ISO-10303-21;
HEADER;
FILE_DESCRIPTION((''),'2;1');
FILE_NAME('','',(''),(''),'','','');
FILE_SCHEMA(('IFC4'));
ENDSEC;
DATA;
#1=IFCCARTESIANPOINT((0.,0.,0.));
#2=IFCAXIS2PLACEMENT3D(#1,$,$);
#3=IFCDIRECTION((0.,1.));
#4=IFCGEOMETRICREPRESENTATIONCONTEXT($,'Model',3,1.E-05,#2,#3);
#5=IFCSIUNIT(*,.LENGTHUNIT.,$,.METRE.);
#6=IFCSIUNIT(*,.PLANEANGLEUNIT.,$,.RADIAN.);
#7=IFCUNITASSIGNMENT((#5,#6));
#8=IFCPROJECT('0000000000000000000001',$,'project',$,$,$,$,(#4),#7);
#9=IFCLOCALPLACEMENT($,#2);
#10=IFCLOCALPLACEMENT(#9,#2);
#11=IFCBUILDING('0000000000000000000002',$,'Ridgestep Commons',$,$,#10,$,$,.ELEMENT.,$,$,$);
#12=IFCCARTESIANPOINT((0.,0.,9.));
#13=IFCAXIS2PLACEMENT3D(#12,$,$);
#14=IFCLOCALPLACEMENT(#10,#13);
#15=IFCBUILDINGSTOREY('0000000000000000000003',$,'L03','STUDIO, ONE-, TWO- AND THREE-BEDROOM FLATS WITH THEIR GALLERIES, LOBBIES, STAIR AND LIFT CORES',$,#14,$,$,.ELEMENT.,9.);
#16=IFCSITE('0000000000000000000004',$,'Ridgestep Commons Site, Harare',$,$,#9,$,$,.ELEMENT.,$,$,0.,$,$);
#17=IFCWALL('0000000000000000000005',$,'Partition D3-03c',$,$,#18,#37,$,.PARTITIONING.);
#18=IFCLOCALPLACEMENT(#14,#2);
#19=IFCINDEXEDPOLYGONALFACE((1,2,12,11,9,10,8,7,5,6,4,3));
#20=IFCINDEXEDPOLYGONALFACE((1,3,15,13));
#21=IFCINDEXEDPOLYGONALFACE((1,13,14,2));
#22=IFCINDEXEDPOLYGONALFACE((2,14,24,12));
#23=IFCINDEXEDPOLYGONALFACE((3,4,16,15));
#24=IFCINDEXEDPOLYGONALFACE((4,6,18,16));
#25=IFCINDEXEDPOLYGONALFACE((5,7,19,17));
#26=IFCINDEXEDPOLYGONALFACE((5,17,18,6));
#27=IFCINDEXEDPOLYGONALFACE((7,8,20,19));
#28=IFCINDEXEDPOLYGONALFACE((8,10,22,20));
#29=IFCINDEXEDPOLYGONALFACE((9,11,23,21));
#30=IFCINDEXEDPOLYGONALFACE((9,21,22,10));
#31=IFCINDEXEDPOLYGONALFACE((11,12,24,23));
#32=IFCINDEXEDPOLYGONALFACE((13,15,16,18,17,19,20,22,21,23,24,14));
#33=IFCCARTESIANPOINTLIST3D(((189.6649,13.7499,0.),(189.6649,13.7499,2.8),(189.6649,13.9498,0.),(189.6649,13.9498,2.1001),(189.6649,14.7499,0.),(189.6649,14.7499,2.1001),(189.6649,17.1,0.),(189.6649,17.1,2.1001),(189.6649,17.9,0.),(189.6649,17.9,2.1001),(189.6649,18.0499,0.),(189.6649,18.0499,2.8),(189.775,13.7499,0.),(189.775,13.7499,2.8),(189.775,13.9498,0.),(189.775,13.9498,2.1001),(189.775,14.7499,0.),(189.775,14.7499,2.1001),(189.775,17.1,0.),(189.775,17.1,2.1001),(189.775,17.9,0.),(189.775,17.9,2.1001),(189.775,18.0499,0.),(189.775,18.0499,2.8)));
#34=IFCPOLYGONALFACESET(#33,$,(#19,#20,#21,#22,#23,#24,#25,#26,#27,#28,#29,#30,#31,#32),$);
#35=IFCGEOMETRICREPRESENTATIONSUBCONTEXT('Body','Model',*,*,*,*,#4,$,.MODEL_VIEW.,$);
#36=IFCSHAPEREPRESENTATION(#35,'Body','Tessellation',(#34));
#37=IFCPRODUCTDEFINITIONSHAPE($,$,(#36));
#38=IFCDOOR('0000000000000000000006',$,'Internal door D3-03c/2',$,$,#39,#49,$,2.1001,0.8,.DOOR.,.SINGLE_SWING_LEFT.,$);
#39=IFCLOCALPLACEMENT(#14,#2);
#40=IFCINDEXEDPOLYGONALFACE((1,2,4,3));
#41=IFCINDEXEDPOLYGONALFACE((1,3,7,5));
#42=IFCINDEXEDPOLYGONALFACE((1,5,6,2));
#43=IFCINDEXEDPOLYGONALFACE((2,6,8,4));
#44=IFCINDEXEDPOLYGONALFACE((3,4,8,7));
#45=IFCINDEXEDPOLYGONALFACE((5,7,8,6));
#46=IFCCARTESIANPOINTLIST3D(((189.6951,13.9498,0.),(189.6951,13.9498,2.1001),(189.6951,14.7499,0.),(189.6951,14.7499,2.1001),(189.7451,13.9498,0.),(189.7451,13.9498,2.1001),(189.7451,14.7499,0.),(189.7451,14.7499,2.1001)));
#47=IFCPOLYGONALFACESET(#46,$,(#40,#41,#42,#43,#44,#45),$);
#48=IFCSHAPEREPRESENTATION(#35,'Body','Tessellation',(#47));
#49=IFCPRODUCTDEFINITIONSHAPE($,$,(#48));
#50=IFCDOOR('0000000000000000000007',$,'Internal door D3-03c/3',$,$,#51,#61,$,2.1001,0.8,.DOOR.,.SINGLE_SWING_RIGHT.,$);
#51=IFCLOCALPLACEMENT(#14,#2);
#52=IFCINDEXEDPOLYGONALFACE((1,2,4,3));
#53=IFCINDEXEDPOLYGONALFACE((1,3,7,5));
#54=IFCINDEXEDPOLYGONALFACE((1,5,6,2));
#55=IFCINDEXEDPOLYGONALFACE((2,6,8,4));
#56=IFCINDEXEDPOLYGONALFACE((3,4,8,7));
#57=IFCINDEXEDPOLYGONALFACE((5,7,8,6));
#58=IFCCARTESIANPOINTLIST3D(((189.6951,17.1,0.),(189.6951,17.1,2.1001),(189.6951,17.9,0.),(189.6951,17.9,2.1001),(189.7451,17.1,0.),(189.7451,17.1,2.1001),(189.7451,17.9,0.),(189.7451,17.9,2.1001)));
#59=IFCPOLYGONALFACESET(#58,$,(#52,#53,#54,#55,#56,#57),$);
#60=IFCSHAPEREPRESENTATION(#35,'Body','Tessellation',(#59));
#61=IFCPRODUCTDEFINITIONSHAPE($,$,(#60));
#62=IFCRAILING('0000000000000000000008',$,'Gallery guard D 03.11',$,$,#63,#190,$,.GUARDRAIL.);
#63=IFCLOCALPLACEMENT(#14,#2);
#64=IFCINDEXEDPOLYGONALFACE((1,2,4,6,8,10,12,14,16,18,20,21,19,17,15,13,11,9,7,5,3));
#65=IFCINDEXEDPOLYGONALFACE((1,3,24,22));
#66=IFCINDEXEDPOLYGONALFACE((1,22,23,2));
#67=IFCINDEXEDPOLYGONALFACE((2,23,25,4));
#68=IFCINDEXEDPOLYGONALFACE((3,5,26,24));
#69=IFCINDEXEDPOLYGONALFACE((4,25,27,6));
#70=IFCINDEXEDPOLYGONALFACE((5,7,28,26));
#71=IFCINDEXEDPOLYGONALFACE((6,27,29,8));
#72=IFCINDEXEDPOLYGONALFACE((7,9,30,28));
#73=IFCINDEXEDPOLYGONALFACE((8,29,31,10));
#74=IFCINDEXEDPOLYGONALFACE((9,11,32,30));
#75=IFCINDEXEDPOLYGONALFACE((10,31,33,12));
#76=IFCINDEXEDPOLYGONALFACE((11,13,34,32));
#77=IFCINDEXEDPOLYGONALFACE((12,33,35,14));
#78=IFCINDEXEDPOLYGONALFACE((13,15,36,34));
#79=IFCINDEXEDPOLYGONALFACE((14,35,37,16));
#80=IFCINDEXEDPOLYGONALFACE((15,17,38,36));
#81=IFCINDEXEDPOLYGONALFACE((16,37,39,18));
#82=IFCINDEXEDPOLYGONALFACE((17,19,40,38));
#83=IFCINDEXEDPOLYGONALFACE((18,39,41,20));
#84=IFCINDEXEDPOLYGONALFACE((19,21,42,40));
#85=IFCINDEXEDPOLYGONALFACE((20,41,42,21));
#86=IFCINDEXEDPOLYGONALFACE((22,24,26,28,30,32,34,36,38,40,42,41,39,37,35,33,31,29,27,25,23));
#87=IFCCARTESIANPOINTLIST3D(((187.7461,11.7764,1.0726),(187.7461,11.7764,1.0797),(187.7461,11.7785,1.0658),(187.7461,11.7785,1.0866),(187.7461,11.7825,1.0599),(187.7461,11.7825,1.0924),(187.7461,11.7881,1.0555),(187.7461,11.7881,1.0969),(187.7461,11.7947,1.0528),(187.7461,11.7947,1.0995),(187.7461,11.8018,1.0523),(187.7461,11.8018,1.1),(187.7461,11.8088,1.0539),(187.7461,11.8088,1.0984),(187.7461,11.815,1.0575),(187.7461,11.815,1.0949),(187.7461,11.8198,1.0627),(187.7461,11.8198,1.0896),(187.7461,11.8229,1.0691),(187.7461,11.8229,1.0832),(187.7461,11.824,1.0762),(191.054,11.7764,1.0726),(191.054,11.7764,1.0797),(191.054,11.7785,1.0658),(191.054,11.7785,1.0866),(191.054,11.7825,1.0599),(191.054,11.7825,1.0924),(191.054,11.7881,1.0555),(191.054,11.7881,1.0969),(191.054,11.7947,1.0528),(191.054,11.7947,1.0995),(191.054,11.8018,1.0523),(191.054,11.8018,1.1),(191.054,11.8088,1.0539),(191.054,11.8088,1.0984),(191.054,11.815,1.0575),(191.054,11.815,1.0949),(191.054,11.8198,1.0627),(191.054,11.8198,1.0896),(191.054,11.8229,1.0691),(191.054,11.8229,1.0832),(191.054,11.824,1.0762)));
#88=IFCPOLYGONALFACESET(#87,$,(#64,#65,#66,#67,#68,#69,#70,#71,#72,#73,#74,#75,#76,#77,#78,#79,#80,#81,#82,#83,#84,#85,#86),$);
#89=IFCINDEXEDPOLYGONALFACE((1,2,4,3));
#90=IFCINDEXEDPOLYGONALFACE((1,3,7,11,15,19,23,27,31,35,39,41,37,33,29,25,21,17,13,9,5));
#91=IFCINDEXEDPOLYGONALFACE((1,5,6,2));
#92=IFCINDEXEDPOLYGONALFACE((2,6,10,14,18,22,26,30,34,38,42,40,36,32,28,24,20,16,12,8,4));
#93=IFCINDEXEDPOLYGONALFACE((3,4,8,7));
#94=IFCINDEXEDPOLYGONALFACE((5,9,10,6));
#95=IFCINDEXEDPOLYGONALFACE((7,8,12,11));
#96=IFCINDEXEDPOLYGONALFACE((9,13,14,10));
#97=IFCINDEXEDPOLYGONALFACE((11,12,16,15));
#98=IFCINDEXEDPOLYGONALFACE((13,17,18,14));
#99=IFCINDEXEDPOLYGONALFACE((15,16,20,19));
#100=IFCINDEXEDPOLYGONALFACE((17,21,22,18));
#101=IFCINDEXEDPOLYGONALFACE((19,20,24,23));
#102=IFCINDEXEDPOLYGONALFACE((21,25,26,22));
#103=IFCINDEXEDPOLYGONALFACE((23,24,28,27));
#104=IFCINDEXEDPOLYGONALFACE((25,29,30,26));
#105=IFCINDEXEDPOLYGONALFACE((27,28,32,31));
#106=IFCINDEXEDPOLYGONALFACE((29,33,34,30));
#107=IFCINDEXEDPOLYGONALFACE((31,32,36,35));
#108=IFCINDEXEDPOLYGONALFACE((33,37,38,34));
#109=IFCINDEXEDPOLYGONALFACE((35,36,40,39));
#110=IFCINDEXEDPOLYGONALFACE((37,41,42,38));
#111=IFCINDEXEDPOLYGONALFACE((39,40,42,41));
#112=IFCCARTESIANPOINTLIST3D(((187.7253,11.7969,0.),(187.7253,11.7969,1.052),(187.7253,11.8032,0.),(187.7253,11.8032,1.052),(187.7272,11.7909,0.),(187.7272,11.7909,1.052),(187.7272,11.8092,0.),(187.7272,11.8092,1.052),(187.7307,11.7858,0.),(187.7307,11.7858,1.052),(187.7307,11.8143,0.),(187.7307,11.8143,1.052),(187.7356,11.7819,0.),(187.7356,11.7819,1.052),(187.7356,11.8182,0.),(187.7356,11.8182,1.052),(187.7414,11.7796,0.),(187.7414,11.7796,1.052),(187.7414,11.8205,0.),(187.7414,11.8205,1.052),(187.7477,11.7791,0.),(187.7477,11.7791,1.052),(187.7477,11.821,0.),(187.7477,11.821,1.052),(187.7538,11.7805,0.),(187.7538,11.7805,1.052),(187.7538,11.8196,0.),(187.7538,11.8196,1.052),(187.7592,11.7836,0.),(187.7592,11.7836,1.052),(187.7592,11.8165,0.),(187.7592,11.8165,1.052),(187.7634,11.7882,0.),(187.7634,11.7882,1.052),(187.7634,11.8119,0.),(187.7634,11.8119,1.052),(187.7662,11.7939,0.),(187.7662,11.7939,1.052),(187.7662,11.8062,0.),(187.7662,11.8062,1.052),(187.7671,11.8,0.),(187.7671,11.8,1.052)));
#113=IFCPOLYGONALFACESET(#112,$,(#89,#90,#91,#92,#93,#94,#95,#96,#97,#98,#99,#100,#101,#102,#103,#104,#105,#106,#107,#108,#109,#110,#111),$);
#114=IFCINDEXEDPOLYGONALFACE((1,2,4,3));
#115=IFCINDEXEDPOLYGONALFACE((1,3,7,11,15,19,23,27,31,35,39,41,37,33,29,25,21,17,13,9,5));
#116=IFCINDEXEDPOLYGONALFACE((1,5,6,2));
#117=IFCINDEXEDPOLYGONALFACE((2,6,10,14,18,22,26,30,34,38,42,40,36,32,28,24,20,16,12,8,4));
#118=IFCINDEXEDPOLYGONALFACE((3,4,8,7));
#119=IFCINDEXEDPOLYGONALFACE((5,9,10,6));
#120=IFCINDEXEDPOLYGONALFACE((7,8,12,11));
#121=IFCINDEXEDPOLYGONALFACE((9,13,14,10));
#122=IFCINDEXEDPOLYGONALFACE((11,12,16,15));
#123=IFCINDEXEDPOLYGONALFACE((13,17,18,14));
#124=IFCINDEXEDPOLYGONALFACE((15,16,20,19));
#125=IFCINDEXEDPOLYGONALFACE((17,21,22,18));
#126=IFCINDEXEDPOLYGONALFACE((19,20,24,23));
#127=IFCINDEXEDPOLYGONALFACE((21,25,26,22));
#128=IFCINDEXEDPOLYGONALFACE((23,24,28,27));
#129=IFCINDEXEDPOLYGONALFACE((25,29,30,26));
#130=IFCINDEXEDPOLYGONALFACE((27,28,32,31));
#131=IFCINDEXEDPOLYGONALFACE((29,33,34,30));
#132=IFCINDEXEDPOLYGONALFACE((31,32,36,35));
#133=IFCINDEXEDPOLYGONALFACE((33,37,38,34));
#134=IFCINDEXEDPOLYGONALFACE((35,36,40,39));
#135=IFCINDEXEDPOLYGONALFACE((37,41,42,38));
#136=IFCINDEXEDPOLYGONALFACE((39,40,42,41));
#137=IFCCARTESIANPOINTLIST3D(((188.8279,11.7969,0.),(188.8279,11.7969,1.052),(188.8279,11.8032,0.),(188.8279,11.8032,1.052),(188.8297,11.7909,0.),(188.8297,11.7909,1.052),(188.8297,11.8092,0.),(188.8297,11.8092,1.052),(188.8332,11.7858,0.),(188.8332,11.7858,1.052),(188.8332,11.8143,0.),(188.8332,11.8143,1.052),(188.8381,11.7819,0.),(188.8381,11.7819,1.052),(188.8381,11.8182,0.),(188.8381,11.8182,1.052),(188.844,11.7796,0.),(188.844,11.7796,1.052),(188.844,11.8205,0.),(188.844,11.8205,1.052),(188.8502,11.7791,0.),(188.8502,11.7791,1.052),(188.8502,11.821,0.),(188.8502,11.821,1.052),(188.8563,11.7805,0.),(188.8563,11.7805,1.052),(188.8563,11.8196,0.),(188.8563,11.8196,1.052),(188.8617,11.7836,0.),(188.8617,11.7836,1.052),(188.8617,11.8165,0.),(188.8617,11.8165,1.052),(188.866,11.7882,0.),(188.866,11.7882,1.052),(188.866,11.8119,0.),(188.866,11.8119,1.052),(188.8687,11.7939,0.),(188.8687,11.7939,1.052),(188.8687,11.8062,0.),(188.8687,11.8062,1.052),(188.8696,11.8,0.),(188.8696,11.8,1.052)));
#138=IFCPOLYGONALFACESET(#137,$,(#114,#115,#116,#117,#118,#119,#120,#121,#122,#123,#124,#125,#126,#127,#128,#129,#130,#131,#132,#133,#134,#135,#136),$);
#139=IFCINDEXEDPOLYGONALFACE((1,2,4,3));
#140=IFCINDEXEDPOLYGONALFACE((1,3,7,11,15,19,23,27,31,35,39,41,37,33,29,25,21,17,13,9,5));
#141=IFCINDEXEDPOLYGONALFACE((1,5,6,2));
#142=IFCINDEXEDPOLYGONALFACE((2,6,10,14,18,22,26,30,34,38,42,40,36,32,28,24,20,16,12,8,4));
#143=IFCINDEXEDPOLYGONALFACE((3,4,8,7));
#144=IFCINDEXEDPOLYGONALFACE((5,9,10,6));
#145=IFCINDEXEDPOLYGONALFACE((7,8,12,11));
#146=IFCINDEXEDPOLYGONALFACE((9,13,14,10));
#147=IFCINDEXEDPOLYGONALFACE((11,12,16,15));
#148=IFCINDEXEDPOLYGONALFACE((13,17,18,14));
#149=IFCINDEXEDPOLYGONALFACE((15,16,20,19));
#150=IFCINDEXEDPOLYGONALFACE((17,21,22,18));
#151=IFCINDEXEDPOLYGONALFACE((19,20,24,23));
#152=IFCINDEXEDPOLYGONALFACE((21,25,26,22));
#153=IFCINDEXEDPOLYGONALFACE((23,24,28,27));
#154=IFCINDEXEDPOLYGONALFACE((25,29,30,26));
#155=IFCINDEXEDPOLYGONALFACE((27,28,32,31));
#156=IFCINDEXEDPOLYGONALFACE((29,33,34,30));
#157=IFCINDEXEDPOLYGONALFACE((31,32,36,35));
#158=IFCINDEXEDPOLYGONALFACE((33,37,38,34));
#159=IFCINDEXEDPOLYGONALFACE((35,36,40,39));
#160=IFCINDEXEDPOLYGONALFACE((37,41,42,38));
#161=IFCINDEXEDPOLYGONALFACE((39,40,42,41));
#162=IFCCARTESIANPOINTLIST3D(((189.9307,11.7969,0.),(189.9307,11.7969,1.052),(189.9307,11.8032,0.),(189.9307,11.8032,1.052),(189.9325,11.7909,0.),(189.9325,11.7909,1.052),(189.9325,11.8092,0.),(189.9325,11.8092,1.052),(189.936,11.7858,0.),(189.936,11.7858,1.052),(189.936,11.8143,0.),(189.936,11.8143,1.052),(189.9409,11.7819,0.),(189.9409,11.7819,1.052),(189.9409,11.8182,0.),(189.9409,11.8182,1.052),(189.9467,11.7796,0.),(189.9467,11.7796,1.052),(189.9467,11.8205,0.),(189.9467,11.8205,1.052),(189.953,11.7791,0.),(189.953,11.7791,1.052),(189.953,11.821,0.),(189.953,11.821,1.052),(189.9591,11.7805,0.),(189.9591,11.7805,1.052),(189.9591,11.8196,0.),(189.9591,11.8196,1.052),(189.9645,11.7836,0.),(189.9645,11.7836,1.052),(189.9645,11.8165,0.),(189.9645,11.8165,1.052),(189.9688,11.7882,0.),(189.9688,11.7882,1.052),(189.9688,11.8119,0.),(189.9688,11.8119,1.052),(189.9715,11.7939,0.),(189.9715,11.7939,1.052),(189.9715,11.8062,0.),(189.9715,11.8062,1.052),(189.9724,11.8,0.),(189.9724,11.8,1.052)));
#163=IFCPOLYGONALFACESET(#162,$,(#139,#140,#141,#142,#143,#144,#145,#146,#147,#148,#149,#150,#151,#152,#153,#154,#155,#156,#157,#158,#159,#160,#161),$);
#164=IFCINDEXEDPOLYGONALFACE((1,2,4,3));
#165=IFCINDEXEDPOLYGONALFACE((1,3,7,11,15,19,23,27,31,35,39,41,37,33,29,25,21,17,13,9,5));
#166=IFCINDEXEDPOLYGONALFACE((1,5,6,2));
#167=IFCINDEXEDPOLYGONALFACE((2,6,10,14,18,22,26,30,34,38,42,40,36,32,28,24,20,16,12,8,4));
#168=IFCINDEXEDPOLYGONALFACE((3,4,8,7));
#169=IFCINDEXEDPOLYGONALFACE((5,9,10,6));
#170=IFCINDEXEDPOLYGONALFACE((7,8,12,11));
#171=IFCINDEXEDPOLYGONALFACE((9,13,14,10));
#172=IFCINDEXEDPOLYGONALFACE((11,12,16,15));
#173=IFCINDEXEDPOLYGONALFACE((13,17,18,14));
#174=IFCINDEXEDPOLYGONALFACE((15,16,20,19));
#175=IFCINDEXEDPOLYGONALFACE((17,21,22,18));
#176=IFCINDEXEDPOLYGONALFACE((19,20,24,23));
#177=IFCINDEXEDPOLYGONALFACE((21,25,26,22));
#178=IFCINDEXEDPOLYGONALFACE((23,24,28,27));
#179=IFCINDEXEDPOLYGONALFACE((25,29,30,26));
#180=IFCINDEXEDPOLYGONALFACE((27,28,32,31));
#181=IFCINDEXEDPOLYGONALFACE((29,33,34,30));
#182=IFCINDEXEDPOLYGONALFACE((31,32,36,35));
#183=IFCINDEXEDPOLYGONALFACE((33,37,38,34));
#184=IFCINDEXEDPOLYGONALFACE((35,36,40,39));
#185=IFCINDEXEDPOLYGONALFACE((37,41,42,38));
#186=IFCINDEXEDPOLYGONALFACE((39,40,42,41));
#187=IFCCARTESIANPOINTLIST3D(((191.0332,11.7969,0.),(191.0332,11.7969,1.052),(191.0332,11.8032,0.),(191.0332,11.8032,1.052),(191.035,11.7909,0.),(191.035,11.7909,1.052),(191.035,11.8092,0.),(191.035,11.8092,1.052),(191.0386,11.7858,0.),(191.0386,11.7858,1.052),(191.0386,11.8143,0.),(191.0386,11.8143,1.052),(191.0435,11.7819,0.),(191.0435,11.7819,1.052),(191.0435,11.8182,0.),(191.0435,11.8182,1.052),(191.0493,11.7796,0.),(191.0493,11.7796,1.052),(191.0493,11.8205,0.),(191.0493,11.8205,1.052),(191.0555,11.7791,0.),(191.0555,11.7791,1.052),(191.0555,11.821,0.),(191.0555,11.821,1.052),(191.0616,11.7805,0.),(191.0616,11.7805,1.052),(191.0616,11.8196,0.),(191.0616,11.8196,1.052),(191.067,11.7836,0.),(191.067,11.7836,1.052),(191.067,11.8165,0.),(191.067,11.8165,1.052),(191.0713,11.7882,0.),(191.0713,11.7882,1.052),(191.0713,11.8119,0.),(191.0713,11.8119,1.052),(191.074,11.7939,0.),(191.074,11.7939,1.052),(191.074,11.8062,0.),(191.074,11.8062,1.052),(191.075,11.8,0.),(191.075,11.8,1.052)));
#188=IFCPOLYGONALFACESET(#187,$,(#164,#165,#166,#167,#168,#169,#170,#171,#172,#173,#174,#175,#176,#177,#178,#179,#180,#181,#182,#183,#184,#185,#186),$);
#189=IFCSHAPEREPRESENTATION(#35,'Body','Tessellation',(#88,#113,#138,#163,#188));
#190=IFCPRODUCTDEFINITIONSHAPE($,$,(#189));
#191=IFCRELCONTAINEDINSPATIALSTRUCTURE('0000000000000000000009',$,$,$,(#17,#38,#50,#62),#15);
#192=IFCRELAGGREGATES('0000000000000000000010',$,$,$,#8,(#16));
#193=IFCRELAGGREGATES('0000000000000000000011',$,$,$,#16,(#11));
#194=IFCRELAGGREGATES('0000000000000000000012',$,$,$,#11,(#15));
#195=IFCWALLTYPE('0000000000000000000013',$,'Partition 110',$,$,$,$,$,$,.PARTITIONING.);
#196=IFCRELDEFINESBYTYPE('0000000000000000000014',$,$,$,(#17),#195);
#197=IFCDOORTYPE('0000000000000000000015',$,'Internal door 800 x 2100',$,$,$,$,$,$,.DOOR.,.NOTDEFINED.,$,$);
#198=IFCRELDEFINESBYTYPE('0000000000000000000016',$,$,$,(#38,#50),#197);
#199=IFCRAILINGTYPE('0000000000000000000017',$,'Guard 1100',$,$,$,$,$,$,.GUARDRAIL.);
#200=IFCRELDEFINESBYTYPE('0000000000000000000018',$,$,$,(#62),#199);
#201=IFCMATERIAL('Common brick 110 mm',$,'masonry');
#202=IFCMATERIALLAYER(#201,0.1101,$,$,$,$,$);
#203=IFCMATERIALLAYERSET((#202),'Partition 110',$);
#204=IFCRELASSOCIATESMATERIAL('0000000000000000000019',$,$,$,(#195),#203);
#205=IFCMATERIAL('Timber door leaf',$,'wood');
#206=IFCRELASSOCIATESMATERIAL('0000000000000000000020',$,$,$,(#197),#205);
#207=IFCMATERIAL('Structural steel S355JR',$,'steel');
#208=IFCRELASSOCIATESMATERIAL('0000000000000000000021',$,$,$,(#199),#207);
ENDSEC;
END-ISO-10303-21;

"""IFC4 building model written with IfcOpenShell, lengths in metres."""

from ifc_helpers import new_model, si_unit, direction, frame, frame_2d, origin, origin_2d, place, context, subcontext, project, spatial, rectangle, circle, extrude, material, layer, layer_set, type_object, element, fill, save


model = new_model("IFC4")

# Units and contexts
model_context = context("Model", 3, precision=1e-05, world=origin(), true_north=direction((0.0, 1.0)))
body_context = subcontext(model_context, "Body", "Model", "MODEL_VIEW")
ifc_project = project(units=[si_unit("LENGTHUNIT", "METRE"), si_unit("PLANEANGLEUNIT", "RADIAN")], contexts=[model_context])

# Site, building, storey
site_placement = place(None, origin())
site = spatial("IfcSite", under=ifc_project, at=site_placement, Name="Ridgestep Commons Site, Harare", CompositionType="ELEMENT", RefElevation=0.0)
building_placement = place(site_placement, origin())
building = spatial("IfcBuilding", under=site, at=building_placement, Name="Ridgestep Commons", CompositionType="ELEMENT")
storey_placement = place(building_placement, frame((0.0, 0.0, 9.0)))
storey = spatial("IfcBuildingStorey", under=building, at=storey_placement, Name="L03", Description="STUDIO, ONE-, TWO- AND THREE-BEDROOM FLATS WITH THEIR GALLERIES, LOBBIES, STAIR AND LIFT CORES", CompositionType="ELEMENT", Elevation=9.0)

# Shared definitions
ifc_material_1 = material(Name="Common brick 110 mm", Category="masonry")
ifc_layer_1 = layer(ifc_material_1, 0.1101)
ifc_layer_set_1 = layer_set([ifc_layer_1], Name="Partition 110")
wall_type_1 = type_object("IfcWallType", Name="Partition 110", PredefinedType="PARTITIONING", material=ifc_layer_set_1)

# Wall, openings, doors
wall_1_placement = place(storey_placement, frame((189.72, 13.75, 0.0), z_axis=(0.0, 0.0, 1.0), x_axis=(0.0, 1.0, 0.0)))
wall_1 = element("IfcWall", 1, at=wall_1_placement, inside=storey, type_object=wall_type_1, Name="Partition D3-03c", PredefinedType="PARTITIONING", context=body_context, shape_type="SweptSolid", body=[
    extrude(rectangle(XDim=4.3, YDim=0.1101, at=frame_2d((2.1499, 0.0))), origin(), (0.0, 0.0, 1.0), 2.8),
])
opening_1_placement = place(wall_1_placement, frame((0.2, 0.0, 0.0)))
opening_1 = element("IfcOpeningElement", 2, at=opening_1_placement, cuts=wall_1, PredefinedType="OPENING", context=body_context, shape_type="SweptSolid", body=[
    extrude(rectangle(XDim=0.8, YDim=2.1001, at=frame_2d((0.3999, 1.05))), frame((0.0, 0.0649, 0.0), z_axis=(0.0, -1.0, 0.0), x_axis=(1.0, 0.0, 0.0)), (0.0, 0.0, 1.0), 0.1301),
])
opening_2_placement = place(wall_1_placement, frame((3.3501, 0.0, 0.0)))
opening_2 = element("IfcOpeningElement", 3, at=opening_2_placement, cuts=wall_1, PredefinedType="OPENING", context=body_context, shape_type="SweptSolid", body=[
    extrude(rectangle(XDim=0.8, YDim=2.1001, at=frame_2d((0.3999, 1.05))), frame((0.0, 0.0649, 0.0), z_axis=(0.0, -1.0, 0.0), x_axis=(1.0, 0.0, 0.0)), (0.0, 0.0, 1.0), 0.1301),
])
ifc_material_2 = material(Name="Timber door leaf", Category="wood")
door_type_1 = type_object("IfcDoorType", Name="Internal door 800 x 2100", OperationType="NOTDEFINED", PredefinedType="DOOR", material=ifc_material_2)
door_1_placement = place(opening_1_placement, origin())
door_1 = element("IfcDoor", 4, at=door_1_placement, inside=storey, type_object=door_type_1, Name="Internal door D3-03c/2", OperationType="SINGLE_SWING_LEFT", OverallHeight=2.1001, OverallWidth=0.8, PredefinedType="DOOR", context=body_context, shape_type="SweptSolid", body=[
    extrude(rectangle(XDim=0.8, YDim=2.1001, at=frame_2d((0.3999, 1.05))), frame((0.0, 0.0249, 0.0), z_axis=(0.0, -1.0, 0.0), x_axis=(1.0, 0.0, 0.0)), (0.0, 0.0, 1.0), 0.05),
])
fill(opening_1, door_1)
door_2_placement = place(opening_2_placement, origin())
door_2 = element("IfcDoor", 5, at=door_2_placement, inside=storey, type_object=door_type_1, Name="Internal door D3-03c/3", OperationType="SINGLE_SWING_RIGHT", OverallHeight=2.1001, OverallWidth=0.8, PredefinedType="DOOR", context=body_context, shape_type="SweptSolid", body=[
    extrude(rectangle(XDim=0.8, YDim=2.1001, at=frame_2d((0.3999, 1.05))), frame((0.0, 0.0249, 0.0), z_axis=(0.0, -1.0, 0.0), x_axis=(1.0, 0.0, 0.0)), (0.0, 0.0, 1.0), 0.05),
])
fill(opening_2, door_2)

# Railing
ifc_material_3 = material(Name="Structural steel S355JR", Category="steel")
railing_type = type_object("IfcRailingType", Name="Guard 1100", PredefinedType="GUARDRAIL", material=ifc_material_3)
railing_1_placement = place(storey_placement, frame((187.7461, 11.8, 0.0)))
element("IfcRailing", 6, at=railing_1_placement, inside=storey, type_object=railing_type, Name="Gallery guard D 03.11", PredefinedType="GUARDRAIL", context=body_context, shape_type="SweptSolid", body=[
    extrude(circle(Radius=0.0239, at=origin_2d()), frame((0.0, 0.0, 1.0762), z_axis=(1.0, 0.0, 0.0), x_axis=(0.0, 1.0, 0.0)), (0.0, 0.0, 1.0), 3.3079),
    extrude(circle(Radius=0.021, at=origin_2d()), origin(), (0.0, 0.0, 1.0), 1.052),
    extrude(circle(Radius=0.021, at=origin_2d()), frame((1.1025, 0.0, 0.0)), (0.0, 0.0, 1.0), 1.052),
    extrude(circle(Radius=0.021, at=origin_2d()), frame((2.2053, 0.0, 0.0)), (0.0, 0.0, 1.0), 1.052),
    extrude(circle(Radius=0.021, at=origin_2d()), frame((3.3079, 0.0, 0.0)), (0.0, 0.0, 1.0), 1.052),
])

save(model, "model.ifc")
